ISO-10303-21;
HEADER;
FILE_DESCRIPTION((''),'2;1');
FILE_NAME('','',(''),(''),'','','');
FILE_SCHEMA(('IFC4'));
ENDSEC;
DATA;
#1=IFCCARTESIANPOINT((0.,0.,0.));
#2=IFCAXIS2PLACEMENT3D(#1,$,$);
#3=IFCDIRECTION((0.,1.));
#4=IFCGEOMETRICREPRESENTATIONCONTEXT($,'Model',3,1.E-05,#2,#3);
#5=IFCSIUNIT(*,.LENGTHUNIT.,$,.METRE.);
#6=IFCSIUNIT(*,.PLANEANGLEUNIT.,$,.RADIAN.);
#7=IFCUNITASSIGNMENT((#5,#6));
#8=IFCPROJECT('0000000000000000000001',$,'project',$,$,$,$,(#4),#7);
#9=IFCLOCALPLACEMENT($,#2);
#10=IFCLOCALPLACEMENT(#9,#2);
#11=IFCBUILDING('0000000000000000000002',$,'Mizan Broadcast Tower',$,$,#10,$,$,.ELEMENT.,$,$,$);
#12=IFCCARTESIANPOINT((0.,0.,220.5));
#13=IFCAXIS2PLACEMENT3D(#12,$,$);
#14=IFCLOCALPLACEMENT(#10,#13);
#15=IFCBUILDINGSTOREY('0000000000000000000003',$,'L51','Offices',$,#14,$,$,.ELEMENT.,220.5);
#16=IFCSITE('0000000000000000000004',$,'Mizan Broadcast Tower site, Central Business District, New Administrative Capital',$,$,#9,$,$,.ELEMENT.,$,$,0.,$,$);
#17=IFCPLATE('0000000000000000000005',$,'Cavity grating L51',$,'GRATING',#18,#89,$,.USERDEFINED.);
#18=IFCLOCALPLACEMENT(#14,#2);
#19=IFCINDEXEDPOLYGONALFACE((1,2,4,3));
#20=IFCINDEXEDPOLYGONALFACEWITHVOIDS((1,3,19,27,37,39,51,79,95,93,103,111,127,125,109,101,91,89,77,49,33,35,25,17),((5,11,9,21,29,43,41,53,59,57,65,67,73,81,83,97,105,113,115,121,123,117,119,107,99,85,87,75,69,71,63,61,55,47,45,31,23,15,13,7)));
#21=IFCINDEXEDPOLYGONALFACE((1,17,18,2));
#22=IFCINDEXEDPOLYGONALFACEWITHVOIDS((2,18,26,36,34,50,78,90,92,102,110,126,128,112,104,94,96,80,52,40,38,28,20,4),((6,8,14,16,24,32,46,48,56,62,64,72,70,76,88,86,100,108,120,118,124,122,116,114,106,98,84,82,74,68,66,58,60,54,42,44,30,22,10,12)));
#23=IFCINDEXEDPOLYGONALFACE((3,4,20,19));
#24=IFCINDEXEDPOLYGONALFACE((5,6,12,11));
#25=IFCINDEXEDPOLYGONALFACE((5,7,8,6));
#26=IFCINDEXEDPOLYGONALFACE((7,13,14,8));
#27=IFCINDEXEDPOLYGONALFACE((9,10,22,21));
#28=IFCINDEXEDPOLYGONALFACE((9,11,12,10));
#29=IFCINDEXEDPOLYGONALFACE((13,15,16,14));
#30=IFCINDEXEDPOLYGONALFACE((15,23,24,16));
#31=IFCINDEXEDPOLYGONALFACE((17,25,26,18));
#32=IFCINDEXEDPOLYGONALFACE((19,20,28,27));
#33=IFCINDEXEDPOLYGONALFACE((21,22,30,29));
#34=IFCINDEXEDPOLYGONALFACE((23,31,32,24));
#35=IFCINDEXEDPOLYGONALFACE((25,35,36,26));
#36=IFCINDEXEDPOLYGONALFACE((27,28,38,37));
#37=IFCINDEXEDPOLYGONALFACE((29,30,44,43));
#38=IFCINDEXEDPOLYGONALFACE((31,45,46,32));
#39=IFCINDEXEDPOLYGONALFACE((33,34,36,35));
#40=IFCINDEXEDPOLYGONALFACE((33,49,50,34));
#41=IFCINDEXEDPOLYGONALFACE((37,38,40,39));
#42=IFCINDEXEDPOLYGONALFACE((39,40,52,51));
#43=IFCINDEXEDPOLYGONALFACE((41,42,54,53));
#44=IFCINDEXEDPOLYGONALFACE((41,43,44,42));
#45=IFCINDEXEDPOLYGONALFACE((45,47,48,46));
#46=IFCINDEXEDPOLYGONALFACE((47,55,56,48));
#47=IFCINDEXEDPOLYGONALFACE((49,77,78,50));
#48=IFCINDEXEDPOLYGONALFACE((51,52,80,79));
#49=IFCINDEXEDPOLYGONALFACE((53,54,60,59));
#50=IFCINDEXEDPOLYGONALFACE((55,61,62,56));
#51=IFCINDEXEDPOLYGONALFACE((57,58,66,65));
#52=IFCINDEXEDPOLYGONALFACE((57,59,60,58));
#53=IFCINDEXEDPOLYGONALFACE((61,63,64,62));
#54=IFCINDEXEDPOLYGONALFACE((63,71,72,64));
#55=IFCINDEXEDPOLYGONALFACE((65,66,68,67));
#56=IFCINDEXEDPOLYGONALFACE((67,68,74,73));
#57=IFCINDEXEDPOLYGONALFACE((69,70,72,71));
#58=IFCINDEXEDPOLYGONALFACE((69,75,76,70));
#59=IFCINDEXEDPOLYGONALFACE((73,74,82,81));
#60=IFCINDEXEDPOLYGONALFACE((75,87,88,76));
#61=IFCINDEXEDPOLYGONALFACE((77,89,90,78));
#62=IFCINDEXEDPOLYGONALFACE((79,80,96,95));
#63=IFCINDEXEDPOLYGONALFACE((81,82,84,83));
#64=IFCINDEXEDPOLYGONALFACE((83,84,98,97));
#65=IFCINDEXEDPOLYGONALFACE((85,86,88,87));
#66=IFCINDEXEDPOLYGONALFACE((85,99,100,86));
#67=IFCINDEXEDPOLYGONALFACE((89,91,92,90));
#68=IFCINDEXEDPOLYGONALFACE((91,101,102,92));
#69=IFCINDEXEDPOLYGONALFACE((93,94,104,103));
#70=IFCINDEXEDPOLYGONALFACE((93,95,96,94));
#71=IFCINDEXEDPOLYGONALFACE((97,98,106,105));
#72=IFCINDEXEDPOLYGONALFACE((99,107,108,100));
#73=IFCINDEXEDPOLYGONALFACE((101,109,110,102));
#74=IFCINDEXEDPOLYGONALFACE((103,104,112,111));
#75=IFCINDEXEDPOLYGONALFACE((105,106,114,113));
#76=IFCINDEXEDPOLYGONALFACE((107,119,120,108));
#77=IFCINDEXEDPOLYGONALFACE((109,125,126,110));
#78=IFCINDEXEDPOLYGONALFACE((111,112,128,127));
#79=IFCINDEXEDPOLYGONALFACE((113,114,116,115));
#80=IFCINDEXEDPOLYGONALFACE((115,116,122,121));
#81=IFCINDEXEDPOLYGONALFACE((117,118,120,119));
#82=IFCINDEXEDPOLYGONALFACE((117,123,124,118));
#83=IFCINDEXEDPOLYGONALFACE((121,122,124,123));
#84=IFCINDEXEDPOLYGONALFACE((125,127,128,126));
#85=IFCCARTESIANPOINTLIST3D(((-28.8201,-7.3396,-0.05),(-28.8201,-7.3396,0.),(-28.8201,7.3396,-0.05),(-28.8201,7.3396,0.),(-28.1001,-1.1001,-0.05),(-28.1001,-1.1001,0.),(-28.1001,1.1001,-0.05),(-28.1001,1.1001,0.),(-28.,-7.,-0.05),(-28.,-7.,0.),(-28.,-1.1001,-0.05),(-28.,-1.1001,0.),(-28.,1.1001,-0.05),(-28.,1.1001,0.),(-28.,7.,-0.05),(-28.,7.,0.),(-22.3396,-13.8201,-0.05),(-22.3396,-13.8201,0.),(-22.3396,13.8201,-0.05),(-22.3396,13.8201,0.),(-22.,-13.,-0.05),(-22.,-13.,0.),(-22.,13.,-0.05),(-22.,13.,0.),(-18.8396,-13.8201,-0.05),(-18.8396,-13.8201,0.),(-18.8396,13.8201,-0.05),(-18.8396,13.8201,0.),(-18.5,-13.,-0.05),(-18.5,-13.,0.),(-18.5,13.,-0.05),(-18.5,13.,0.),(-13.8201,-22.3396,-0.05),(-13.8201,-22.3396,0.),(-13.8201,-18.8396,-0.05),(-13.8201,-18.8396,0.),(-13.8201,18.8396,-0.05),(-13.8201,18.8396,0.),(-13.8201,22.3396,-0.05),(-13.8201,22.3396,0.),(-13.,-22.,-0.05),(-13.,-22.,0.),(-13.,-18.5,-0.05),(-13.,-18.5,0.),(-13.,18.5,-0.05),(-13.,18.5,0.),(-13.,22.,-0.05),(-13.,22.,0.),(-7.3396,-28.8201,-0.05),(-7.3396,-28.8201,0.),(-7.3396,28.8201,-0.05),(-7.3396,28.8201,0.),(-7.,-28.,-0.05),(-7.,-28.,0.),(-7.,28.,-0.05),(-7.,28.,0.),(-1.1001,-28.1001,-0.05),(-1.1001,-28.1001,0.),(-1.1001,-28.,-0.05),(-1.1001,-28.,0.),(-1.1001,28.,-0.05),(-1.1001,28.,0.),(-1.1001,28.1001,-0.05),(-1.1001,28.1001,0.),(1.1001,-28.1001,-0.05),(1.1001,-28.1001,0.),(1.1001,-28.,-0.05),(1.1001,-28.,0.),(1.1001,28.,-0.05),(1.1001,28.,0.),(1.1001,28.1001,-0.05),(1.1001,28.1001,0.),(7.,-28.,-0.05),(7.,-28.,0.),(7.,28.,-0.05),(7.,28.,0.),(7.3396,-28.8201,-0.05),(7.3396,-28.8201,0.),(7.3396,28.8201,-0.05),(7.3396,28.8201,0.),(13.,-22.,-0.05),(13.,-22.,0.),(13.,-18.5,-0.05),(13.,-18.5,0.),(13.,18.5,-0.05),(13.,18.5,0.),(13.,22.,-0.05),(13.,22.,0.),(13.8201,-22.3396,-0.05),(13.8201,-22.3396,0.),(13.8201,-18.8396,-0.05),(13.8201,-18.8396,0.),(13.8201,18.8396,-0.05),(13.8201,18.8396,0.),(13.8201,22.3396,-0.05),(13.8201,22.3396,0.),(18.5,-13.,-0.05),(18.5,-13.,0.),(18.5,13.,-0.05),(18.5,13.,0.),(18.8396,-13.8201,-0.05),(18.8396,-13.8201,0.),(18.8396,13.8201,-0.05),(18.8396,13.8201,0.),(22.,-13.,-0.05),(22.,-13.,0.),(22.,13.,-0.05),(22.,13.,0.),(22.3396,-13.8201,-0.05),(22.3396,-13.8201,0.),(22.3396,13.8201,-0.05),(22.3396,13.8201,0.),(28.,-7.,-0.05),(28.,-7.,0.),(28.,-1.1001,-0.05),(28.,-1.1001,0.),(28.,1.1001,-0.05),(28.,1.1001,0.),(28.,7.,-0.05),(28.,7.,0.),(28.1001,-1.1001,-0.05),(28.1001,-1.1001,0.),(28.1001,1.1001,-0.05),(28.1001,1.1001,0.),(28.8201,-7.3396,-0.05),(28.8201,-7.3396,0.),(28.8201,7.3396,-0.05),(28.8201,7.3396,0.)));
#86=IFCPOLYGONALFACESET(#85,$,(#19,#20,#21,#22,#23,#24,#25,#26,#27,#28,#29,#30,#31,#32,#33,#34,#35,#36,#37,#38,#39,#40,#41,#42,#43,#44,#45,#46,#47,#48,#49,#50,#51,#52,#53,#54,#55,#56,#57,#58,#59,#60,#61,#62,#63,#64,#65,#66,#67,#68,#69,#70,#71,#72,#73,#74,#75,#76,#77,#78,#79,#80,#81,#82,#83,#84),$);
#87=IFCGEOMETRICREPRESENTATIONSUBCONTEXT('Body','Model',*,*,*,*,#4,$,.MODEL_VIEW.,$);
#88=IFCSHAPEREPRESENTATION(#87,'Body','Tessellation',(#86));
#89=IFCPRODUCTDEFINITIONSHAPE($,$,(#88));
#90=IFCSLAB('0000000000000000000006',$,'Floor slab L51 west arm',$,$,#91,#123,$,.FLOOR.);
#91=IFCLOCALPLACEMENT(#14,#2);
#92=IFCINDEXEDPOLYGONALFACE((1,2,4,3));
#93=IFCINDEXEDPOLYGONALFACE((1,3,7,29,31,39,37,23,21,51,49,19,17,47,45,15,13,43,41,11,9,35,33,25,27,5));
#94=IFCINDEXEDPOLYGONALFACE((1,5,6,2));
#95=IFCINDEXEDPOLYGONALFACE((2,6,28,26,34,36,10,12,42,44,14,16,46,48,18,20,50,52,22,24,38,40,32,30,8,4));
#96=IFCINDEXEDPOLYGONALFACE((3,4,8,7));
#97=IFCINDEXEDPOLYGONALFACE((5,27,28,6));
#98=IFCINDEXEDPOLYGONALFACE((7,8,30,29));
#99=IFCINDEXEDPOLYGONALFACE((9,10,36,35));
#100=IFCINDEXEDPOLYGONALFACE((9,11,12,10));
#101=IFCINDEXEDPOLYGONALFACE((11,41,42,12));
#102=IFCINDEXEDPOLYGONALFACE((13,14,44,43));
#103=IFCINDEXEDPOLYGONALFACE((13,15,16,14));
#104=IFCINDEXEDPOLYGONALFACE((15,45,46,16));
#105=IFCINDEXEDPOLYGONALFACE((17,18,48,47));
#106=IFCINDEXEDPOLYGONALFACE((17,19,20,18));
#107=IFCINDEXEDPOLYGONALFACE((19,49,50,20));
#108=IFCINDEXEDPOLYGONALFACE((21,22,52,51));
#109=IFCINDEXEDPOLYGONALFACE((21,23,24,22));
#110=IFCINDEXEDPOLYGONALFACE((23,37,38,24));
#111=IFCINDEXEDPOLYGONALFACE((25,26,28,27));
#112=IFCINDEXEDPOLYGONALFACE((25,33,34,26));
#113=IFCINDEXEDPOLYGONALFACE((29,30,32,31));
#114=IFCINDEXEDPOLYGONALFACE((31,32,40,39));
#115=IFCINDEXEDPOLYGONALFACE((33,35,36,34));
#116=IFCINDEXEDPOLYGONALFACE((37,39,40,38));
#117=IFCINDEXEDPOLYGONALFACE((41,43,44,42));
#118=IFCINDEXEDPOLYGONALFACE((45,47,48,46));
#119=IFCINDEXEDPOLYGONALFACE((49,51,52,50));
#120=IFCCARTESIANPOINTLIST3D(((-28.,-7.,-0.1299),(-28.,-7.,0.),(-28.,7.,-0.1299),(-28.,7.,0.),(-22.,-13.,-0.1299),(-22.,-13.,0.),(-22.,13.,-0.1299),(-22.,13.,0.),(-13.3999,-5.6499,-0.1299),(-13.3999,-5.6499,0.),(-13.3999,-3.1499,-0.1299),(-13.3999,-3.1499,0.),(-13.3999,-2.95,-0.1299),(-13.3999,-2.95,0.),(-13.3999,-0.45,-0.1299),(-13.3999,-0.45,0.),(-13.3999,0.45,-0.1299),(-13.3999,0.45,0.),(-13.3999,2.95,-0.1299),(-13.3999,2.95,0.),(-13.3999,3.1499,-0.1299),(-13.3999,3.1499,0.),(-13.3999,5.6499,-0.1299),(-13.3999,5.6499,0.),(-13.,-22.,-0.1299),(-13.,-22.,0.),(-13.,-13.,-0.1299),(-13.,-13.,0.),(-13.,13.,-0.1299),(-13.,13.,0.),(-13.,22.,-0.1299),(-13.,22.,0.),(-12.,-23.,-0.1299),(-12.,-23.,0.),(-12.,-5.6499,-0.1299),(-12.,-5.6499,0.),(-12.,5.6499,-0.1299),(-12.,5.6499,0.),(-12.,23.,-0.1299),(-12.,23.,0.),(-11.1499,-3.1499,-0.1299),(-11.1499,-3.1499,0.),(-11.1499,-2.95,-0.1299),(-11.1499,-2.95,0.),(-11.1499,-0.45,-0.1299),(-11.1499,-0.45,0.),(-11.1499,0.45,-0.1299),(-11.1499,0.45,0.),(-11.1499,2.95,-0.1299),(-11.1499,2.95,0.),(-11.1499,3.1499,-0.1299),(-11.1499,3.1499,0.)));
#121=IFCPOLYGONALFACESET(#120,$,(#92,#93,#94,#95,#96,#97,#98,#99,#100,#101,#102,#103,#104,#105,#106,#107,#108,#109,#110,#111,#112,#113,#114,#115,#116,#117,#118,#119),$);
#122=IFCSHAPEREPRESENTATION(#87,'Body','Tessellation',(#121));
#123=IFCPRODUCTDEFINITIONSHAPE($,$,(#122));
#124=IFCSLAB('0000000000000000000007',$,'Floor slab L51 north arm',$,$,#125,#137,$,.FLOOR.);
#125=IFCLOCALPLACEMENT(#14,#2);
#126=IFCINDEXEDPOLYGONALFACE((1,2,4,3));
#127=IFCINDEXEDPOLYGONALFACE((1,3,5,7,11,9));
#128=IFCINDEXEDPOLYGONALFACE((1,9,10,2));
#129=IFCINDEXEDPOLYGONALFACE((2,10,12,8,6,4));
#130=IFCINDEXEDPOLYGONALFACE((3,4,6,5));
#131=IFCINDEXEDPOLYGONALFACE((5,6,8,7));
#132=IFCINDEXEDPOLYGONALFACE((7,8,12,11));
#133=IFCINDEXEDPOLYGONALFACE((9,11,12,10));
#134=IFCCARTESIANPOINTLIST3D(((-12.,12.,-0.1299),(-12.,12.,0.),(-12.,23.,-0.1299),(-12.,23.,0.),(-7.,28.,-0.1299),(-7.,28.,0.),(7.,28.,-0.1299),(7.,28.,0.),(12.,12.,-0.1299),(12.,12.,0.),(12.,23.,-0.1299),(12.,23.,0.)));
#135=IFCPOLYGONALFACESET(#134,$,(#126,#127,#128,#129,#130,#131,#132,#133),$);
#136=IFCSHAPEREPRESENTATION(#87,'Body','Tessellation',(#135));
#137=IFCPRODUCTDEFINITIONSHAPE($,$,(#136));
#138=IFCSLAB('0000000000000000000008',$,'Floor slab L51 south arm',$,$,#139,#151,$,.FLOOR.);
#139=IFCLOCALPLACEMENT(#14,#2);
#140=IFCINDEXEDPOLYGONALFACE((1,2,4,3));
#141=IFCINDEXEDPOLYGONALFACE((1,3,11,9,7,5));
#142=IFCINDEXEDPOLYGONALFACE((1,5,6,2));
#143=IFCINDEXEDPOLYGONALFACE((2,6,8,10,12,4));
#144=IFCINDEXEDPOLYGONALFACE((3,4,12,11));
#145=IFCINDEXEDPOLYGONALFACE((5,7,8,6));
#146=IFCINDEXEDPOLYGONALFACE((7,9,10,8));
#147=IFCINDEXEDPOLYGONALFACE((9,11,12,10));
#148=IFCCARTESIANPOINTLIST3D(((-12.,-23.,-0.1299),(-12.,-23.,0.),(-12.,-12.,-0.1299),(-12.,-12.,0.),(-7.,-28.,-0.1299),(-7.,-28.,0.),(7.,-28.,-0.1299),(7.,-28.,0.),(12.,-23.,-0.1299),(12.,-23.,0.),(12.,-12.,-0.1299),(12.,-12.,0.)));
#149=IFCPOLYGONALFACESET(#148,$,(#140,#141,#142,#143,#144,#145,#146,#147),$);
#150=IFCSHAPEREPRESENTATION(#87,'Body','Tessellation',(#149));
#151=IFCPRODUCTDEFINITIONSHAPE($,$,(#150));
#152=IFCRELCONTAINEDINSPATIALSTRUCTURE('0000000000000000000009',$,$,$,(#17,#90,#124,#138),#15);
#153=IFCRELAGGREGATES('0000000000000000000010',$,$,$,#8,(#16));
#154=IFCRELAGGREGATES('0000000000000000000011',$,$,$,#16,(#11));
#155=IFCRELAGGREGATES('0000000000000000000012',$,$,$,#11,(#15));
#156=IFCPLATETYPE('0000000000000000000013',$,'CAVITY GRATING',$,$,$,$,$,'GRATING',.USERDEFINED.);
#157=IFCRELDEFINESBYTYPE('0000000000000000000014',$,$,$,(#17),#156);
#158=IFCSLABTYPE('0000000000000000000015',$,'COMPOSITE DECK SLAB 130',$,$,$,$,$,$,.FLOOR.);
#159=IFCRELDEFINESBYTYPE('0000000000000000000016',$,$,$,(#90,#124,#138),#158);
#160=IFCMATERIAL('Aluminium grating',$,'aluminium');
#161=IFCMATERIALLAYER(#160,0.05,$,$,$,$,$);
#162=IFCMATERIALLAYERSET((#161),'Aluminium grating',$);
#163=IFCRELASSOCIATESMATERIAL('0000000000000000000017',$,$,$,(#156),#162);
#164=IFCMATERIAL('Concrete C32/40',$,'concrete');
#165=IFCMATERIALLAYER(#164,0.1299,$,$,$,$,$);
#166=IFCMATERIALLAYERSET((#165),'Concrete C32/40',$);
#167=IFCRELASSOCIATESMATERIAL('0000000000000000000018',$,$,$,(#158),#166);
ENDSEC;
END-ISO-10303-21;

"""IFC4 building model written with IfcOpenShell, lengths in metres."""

from ifc_helpers import new_model, si_unit, direction, frame, origin, place, context, subcontext, project, spatial, polyline, outline, extrude, material, layer, layer_set, type_object, element, save


model = new_model("IFC4")

# Units and contexts
model_context = context("Model", 3, precision=1e-05, world=origin(), true_north=direction((0.0, 1.0)))
body_context = subcontext(model_context, "Body", "Model", "MODEL_VIEW")
ifc_project = project(units=[si_unit("LENGTHUNIT", "METRE"), si_unit("PLANEANGLEUNIT", "RADIAN")], contexts=[model_context])

# Site, building, storey
site_placement = place(None, origin())
site = spatial("IfcSite", under=ifc_project, at=site_placement, Name="Mizan Broadcast Tower site, Central Business District, New Administrative Capital", CompositionType="ELEMENT", RefElevation=0.0)
building_placement = place(site_placement, origin())
building = spatial("IfcBuilding", under=site, at=building_placement, Name="Mizan Broadcast Tower", CompositionType="ELEMENT")
storey_placement = place(building_placement, frame((0.0, 0.0, 220.5)))
storey = spatial("IfcBuildingStorey", under=building, at=storey_placement, Name="L51", Description="Offices", CompositionType="ELEMENT", Elevation=220.5)

# Plate
ifc_material_1 = material(Name="Aluminium grating", Category="aluminium")
ifc_layer_1 = layer(ifc_material_1, 0.05)
ifc_layer_set_1 = layer_set([ifc_layer_1], Name="Aluminium grating")
plate_type = type_object("IfcPlateType", Name="CAVITY GRATING", ElementType="GRATING", PredefinedType="USERDEFINED", material=ifc_layer_set_1)
plate_placement = place(storey_placement, frame((0.0, 0.0, -0.05)))
element("IfcPlate", 1, at=plate_placement, inside=storey, type_object=plate_type, Name="Cavity grating L51", ObjectType="GRATING", PredefinedType="USERDEFINED", context=body_context, shape_type="SweptSolid", body=[
    extrude(outline(polyline([(13.8201, -18.8396), (18.8396, -13.8201), (22.3396, -13.8201), (28.8201, -7.3396), (28.8201, 7.3396), (22.3396, 13.8201), (18.8396, 13.8201), (13.8201, 18.8396), (13.8201, 22.3396), (7.3396, 28.8201), (-7.3396, 28.8201), (-13.8201, 22.3396), (-13.8201, 18.8396), (-18.8396, 13.8201), (-22.3396, 13.8201), (-28.8201, 7.3396), (-28.8201, -7.3396), (-22.3396, -13.8201), (-18.8396, -13.8201), (-13.8201, -18.8396), (-13.8201, -22.3396), (-7.3396, -28.8201), (7.3396, -28.8201), (13.8201, -22.3396), (13.8201, -18.8396)]), holes=[polyline([(28.0, -1.1001), (28.0, -7.0), (22.0, -13.0), (18.5, -13.0), (13.0, -18.5), (13.0, -22.0), (7.0, -28.0), (1.1001, -28.0), (1.1001, -28.1001), (-1.1001, -28.1001), (-1.1001, -28.0), (-7.0, -28.0), (-13.0, -22.0), (-13.0, -18.5), (-18.5, -13.0), (-22.0, -13.0), (-28.0, -7.0), (-28.0, -1.1001), (-28.1001, -1.1001), (-28.1001, 1.1001), (-28.0, 1.1001), (-28.0, 7.0), (-22.0, 13.0), (-18.5, 13.0), (-13.0, 18.5), (-13.0, 22.0), (-7.0, 28.0), (-1.1001, 28.0), (-1.1001, 28.1001), (1.1001, 28.1001), (1.1001, 28.0), (7.0, 28.0), (13.0, 22.0), (13.0, 18.5), (18.5, 13.0), (22.0, 13.0), (28.0, 7.0), (28.0, 1.1001), (28.1001, 1.1001), (28.1001, -1.1001), (28.0, -1.1001)])]), origin(), (0.0, 0.0, 1.0), 0.05),
])

# Slabs
ifc_material_2 = material(Name="Concrete C32/40", Category="concrete")
ifc_layer_2 = layer(ifc_material_2, 0.1299)
ifc_layer_set_2 = layer_set([ifc_layer_2], Name="Concrete C32/40")
slab_type_1 = type_object("IfcSlabType", Name="COMPOSITE DECK SLAB 130", PredefinedType="FLOOR", material=ifc_layer_set_2)
slab_1_placement = place(storey_placement, frame((0.0, 0.0, -0.1299)))
element("IfcSlab", 2, at=slab_1_placement, inside=storey, type_object=slab_type_1, Name="Floor slab L51 west arm", PredefinedType="FLOOR", context=body_context, shape_type="SweptSolid", body=[
    extrude(outline(polyline([(-22.0, 13.0), (-28.0, 7.0), (-28.0, -7.0), (-22.0, -13.0), (-13.0, -13.0), (-13.0, -22.0), (-12.0, -23.0), (-12.0, -5.6499), (-13.3999, -5.6499), (-13.3999, -3.1499), (-11.1499, -3.1499), (-11.1499, -2.95), (-13.3999, -2.95), (-13.3999, -0.45), (-11.1499, -0.45), (-11.1499, 0.45), (-13.3999, 0.45), (-13.3999, 2.95), (-11.1499, 2.95), (-11.1499, 3.1499), (-13.3999, 3.1499), (-13.3999, 5.6499), (-12.0, 5.6499), (-12.0, 23.0), (-13.0, 22.0), (-13.0, 13.0), (-22.0, 13.0)])), origin(), (0.0, 0.0, 1.0), 0.1299),
])
slab_2_placement = place(storey_placement, frame((0.0, 0.0, -0.1299)))
element("IfcSlab", 3, at=slab_2_placement, inside=storey, type_object=slab_type_1, Name="Floor slab L51 north arm", PredefinedType="FLOOR", context=body_context, shape_type="SweptSolid", body=[
    extrude(outline(polyline([(-7.0, 28.0), (-12.0, 23.0), (-12.0, 12.0), (12.0, 12.0), (12.0, 23.0), (7.0, 28.0), (-7.0, 28.0)])), origin(), (0.0, 0.0, 1.0), 0.1299),
])
slab_3_placement = place(storey_placement, frame((0.0, 0.0, -0.1299)))
element("IfcSlab", 4, at=slab_3_placement, inside=storey, type_object=slab_type_1, Name="Floor slab L51 south arm", PredefinedType="FLOOR", context=body_context, shape_type="SweptSolid", body=[
    extrude(outline(polyline([(7.0, -28.0), (12.0, -23.0), (12.0, -12.0), (-12.0, -12.0), (-12.0, -23.0), (-7.0, -28.0), (7.0, -28.0)])), origin(), (0.0, 0.0, 1.0), 0.1299),
])

save(model, "model.ifc")
